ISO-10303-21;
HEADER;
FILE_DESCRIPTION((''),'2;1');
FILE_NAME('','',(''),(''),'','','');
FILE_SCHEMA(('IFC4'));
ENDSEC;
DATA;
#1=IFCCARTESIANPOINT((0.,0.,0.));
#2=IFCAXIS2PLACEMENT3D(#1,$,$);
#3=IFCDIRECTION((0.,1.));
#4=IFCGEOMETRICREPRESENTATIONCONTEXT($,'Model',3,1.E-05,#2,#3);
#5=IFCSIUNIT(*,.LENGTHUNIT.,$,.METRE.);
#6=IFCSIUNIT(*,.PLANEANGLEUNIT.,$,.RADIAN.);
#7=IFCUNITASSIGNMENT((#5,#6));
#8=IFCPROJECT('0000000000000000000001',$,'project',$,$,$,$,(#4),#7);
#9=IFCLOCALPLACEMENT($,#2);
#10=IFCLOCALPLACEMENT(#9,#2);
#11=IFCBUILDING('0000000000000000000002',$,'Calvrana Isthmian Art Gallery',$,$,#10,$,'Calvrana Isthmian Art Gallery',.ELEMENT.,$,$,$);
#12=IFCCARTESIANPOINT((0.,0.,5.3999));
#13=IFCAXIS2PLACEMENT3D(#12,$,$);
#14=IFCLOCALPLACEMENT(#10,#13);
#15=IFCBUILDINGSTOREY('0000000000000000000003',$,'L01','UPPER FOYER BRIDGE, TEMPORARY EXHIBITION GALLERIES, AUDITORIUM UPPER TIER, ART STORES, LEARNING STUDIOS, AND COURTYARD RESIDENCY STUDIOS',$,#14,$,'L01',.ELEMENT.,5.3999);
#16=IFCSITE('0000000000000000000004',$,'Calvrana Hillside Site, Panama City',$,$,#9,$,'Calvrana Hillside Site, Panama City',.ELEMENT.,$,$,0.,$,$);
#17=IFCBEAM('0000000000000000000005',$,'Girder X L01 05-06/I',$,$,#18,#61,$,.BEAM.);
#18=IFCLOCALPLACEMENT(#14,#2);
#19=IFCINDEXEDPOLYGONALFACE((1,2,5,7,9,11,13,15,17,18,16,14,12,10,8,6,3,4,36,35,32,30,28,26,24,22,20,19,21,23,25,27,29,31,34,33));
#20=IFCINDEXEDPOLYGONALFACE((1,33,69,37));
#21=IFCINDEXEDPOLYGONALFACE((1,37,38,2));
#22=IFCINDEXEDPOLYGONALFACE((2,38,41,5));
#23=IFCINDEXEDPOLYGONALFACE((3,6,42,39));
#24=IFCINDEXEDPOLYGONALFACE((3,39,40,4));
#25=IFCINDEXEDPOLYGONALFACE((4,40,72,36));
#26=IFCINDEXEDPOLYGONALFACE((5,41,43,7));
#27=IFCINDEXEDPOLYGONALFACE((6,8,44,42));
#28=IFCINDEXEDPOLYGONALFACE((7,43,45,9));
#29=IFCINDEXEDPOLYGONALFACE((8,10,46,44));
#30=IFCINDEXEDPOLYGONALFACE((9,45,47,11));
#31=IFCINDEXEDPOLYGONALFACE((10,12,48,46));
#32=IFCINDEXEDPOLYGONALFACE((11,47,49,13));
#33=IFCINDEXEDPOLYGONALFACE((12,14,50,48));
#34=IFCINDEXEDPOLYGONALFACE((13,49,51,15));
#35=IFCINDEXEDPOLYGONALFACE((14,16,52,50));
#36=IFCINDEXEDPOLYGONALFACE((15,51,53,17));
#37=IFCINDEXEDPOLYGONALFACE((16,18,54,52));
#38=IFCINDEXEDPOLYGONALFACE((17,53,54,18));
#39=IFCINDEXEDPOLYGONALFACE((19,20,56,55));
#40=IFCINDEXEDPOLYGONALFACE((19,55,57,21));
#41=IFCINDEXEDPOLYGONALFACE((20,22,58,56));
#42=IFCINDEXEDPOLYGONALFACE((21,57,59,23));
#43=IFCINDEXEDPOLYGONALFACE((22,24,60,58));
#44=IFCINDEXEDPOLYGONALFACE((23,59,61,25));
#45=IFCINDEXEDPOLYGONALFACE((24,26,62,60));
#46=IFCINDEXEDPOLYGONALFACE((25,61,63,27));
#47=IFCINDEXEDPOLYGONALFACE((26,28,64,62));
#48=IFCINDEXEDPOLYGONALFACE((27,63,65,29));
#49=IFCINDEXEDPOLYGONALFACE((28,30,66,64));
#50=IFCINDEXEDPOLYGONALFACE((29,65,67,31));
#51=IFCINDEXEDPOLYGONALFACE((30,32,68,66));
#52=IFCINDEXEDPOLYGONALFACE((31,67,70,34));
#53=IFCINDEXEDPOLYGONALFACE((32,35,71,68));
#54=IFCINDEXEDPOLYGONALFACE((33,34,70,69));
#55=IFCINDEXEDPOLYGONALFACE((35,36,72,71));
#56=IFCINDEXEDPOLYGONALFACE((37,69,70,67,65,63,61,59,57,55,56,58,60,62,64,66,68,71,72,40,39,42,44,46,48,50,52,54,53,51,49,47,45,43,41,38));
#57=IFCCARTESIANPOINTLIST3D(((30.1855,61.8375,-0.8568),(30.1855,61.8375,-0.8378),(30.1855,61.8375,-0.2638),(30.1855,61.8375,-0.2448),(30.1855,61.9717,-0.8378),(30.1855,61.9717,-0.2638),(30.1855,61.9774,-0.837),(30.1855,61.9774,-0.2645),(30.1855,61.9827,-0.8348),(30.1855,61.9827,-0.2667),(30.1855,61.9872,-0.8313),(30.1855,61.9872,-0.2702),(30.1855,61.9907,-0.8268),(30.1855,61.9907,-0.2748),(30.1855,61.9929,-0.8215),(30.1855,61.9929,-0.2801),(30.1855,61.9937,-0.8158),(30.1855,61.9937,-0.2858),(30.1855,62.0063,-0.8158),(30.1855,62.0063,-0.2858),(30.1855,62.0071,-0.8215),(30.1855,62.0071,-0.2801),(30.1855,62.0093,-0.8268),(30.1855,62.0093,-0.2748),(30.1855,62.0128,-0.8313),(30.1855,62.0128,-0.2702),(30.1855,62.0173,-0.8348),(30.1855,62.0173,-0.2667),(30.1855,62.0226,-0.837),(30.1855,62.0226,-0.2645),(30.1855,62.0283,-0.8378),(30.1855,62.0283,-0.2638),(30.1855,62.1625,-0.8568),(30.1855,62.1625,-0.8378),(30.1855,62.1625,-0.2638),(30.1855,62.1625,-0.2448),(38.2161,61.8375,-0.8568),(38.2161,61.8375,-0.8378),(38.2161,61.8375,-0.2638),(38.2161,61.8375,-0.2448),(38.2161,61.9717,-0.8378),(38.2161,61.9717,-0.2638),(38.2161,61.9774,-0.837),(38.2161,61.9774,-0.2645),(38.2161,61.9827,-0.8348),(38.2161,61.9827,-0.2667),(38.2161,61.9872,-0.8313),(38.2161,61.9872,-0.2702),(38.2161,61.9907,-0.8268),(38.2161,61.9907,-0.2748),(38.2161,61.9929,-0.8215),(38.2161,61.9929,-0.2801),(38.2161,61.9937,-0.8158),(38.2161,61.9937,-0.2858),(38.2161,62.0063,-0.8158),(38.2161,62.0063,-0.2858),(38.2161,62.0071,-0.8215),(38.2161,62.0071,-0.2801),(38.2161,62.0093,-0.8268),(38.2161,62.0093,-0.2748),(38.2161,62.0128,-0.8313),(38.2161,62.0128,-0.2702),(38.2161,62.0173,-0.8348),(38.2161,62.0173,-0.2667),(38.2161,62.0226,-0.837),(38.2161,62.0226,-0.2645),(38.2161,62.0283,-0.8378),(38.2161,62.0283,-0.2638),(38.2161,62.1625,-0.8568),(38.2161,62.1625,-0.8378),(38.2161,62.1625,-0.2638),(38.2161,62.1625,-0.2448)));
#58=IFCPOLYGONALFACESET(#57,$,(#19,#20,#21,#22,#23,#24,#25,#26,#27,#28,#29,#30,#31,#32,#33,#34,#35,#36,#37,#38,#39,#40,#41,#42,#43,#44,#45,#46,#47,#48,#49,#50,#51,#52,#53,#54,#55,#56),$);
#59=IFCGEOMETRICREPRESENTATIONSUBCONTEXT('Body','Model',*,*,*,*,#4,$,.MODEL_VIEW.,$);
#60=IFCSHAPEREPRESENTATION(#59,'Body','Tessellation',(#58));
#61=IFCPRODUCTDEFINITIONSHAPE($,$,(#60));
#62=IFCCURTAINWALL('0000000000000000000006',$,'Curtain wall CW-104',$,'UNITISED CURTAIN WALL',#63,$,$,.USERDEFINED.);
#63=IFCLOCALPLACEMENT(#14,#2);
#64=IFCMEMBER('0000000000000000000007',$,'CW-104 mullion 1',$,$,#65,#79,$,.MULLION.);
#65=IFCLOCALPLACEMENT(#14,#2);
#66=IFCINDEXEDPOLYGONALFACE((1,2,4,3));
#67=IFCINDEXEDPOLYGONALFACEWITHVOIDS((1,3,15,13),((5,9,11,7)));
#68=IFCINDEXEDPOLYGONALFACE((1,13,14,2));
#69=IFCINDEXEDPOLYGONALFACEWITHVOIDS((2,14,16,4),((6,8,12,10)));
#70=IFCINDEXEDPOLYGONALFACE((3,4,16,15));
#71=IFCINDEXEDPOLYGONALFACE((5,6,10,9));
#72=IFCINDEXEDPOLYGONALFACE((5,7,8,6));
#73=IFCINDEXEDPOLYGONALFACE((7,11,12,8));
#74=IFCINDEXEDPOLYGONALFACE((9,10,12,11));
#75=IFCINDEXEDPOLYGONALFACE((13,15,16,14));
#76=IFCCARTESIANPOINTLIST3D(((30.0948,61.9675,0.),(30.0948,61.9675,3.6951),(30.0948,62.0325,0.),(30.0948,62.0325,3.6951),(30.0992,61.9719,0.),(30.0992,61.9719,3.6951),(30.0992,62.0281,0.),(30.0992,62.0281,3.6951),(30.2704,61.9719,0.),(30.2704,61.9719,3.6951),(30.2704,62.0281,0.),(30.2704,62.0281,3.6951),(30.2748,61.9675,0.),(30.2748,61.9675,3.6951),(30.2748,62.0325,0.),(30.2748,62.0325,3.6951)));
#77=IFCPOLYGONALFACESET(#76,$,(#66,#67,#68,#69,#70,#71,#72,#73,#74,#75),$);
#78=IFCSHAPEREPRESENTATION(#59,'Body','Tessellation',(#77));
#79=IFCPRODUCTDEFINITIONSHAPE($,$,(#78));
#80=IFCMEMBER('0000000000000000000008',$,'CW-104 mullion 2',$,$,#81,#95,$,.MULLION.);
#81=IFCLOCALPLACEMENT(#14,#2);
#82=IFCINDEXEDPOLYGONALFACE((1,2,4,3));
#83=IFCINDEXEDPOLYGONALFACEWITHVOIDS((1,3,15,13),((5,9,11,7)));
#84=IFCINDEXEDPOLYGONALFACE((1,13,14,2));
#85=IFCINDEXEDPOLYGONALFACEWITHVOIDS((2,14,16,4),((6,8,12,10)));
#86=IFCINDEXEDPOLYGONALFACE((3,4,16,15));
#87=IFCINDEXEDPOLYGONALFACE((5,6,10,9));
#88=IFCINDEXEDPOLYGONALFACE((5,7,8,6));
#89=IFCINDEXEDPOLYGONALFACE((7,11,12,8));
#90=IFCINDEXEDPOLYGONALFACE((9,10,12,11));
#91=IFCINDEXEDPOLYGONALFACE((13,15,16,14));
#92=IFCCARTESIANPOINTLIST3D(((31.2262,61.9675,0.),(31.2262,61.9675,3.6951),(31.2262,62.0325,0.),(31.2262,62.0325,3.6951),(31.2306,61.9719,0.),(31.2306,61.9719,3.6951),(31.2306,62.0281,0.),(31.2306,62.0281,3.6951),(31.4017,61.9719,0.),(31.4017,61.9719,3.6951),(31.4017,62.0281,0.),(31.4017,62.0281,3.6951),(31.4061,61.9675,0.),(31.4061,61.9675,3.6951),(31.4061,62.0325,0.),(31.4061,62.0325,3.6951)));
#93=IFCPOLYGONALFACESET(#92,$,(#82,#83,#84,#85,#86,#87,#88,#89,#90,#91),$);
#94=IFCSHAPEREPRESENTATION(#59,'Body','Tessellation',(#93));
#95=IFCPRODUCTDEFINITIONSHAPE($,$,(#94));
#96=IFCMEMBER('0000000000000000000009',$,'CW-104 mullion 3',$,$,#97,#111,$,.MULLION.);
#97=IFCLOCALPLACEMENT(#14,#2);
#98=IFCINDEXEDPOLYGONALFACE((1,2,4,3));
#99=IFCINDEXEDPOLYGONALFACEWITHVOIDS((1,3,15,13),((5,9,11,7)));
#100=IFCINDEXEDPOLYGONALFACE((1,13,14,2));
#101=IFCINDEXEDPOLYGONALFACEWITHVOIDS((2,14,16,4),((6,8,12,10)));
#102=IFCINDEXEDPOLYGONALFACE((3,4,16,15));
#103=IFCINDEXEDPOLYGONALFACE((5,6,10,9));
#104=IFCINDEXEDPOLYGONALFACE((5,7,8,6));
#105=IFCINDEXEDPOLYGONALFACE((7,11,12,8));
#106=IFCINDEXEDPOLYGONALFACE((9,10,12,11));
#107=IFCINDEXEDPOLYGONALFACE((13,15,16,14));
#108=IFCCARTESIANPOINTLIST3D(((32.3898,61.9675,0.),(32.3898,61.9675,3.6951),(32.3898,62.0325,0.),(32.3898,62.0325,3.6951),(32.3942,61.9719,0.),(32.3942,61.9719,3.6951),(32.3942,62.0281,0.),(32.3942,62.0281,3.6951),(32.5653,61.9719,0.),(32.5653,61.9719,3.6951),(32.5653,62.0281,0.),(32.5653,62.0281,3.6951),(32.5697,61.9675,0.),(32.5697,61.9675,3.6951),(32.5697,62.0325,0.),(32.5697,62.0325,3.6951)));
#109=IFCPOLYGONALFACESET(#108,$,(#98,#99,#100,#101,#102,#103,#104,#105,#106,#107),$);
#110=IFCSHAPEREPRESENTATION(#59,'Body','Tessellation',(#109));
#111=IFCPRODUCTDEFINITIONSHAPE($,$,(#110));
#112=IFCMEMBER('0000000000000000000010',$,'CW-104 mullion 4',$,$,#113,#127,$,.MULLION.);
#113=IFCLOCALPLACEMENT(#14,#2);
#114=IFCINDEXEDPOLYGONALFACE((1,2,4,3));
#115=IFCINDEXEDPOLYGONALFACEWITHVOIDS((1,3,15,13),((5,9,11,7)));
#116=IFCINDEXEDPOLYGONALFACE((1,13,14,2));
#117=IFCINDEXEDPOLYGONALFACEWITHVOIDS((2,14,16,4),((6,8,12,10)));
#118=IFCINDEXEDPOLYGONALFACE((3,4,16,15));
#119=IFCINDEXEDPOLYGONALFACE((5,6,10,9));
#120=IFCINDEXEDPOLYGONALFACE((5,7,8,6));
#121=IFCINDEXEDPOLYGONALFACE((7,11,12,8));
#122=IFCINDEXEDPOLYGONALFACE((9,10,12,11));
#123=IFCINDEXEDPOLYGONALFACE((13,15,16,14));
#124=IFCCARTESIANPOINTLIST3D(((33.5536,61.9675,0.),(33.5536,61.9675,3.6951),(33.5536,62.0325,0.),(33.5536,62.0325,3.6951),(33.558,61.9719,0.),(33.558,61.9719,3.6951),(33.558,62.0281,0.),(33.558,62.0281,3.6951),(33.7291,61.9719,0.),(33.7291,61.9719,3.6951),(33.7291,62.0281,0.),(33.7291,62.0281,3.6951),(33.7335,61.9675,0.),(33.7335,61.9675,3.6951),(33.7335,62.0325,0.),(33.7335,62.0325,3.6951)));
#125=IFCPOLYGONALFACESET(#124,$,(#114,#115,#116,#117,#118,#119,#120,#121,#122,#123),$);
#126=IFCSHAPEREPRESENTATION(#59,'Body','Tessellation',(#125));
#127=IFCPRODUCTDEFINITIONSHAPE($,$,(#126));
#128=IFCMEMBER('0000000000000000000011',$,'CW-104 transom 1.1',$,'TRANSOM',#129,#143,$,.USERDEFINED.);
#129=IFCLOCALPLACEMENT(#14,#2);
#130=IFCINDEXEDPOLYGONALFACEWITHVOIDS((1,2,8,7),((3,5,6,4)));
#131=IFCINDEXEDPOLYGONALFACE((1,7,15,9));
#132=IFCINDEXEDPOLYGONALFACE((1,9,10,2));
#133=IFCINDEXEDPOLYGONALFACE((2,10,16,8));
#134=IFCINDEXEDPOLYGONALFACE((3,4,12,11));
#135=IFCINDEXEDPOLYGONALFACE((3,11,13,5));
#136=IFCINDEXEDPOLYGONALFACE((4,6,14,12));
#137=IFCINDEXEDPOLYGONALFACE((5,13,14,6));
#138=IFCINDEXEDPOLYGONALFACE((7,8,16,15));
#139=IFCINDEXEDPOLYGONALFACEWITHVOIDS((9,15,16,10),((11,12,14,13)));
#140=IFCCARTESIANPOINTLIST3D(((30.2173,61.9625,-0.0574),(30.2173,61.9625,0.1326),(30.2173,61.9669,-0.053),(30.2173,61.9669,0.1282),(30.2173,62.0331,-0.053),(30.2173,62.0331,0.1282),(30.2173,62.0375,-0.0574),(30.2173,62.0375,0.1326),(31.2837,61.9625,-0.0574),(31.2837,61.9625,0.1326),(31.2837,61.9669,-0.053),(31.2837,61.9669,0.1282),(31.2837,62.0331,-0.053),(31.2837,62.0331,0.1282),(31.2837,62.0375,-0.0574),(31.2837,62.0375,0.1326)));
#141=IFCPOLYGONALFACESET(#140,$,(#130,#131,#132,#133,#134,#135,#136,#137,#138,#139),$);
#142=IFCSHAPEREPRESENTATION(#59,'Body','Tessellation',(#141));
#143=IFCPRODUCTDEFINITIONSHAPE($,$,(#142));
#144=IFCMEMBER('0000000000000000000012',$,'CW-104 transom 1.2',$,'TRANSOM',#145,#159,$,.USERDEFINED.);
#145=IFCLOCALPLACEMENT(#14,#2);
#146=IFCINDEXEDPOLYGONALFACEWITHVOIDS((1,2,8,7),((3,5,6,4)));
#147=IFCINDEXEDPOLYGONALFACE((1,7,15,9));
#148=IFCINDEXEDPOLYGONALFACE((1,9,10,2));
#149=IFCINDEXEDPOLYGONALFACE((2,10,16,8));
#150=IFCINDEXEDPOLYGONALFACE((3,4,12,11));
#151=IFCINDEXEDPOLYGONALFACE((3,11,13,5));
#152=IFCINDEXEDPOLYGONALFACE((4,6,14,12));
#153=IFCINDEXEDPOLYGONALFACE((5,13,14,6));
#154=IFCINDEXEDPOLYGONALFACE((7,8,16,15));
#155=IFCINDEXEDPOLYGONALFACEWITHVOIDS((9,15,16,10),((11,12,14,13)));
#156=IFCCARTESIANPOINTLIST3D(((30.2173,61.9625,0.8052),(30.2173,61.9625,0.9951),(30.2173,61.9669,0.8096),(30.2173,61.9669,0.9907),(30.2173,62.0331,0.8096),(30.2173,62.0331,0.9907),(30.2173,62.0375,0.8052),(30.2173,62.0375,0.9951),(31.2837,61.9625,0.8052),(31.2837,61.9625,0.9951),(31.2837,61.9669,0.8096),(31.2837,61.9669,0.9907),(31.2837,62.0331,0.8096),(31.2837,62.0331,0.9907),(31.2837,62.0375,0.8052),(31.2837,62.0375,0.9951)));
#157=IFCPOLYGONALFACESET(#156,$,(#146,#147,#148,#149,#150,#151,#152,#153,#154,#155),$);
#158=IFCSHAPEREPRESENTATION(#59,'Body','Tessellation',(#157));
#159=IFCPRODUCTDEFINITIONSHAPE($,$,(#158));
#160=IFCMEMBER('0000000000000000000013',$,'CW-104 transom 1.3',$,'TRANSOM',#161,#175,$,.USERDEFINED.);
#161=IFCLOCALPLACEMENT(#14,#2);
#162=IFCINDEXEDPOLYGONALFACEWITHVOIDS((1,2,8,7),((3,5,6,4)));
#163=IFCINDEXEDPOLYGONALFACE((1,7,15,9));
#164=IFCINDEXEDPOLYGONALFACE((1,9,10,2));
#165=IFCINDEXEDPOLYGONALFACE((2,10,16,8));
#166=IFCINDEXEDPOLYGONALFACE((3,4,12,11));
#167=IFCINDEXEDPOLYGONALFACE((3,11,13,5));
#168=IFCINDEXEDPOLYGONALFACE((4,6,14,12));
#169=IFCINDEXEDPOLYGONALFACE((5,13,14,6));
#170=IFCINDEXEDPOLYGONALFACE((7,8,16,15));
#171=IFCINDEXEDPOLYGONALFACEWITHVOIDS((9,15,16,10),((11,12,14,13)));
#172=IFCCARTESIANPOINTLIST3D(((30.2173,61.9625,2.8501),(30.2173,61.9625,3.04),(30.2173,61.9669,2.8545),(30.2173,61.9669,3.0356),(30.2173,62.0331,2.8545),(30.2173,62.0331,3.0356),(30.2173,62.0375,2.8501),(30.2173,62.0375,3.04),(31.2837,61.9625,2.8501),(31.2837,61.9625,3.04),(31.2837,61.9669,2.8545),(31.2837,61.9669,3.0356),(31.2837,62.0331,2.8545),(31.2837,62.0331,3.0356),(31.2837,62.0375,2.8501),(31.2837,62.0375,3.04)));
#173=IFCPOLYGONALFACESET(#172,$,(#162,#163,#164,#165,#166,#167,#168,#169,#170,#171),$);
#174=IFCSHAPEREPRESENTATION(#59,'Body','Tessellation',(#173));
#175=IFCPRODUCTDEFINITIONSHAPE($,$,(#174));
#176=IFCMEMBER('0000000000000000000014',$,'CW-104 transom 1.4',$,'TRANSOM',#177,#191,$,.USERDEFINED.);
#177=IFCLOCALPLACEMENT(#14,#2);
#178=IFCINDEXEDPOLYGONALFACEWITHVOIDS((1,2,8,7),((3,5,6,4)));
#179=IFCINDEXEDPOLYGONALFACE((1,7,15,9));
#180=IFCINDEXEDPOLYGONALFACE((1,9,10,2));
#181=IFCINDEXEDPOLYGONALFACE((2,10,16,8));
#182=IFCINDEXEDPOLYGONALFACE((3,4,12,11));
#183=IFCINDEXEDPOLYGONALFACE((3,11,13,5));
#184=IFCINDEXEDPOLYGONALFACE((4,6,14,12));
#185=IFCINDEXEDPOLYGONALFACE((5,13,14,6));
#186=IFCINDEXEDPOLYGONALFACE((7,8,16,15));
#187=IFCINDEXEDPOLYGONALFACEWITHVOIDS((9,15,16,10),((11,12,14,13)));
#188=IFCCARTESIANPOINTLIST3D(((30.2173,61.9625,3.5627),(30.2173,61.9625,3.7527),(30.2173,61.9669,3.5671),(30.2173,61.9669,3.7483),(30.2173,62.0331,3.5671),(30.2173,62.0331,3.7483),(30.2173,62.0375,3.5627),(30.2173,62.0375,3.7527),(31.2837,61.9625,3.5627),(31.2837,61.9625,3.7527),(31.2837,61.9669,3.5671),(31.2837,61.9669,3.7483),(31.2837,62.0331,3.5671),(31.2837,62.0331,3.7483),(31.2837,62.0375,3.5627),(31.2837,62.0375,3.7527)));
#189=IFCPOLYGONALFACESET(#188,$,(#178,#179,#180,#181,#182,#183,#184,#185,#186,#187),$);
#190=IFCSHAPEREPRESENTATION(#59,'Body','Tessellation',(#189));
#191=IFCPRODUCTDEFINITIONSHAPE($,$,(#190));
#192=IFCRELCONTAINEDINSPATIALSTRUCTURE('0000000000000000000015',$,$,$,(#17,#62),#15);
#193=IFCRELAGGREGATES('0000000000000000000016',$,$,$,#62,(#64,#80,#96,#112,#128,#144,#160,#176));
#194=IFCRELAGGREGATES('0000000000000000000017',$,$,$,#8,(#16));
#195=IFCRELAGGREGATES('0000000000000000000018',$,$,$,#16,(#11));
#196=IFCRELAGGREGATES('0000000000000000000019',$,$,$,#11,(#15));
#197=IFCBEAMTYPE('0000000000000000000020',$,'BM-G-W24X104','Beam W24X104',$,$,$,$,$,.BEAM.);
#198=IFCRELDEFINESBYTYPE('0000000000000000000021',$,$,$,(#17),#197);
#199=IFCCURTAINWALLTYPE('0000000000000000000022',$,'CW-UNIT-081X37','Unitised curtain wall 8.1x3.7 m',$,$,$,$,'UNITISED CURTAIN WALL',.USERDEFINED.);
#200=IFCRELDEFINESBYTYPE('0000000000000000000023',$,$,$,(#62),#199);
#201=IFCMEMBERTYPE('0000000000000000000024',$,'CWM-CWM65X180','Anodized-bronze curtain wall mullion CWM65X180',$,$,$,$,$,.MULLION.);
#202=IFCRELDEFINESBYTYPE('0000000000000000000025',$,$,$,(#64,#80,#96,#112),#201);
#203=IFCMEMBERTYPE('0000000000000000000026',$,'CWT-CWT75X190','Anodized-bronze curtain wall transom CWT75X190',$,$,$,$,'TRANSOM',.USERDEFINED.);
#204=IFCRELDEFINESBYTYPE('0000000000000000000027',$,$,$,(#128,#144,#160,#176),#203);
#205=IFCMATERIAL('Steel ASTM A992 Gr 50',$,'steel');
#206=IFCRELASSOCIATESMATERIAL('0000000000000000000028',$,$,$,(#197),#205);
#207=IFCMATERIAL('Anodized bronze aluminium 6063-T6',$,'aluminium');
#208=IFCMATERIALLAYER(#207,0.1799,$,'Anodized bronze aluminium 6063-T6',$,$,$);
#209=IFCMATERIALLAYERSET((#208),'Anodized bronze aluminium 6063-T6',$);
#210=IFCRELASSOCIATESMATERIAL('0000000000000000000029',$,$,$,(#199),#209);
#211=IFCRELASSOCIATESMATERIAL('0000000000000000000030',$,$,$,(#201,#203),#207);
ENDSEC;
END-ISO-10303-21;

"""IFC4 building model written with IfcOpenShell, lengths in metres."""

from ifc_helpers import new_model, si_unit, direction, frame, origin, origin_2d, place, context, subcontext, project, spatial, hollow_rectangle, i_section, extrude, material, layer, layer_set, material_profile, profile_set, type_object, element, aggregate, save


model = new_model("IFC4")

# Units and contexts
model_context = context("Model", 3, precision=1e-05, world=origin(), true_north=direction((0.0, 1.0)))
body_context = subcontext(model_context, "Body", "Model", "MODEL_VIEW")
ifc_project = project(units=[si_unit("LENGTHUNIT", "METRE"), si_unit("PLANEANGLEUNIT", "RADIAN")], contexts=[model_context])

# Site, building, storey
site_placement = place(None, origin())
site = spatial("IfcSite", under=ifc_project, at=site_placement, Name="Calvrana Hillside Site, Panama City", LongName="Calvrana Hillside Site, Panama City", CompositionType="ELEMENT", RefElevation=0.0)
building_placement = place(site_placement, origin())
building = spatial("IfcBuilding", under=site, at=building_placement, Name="Calvrana Isthmian Art Gallery", LongName="Calvrana Isthmian Art Gallery", CompositionType="ELEMENT")
storey_placement = place(building_placement, frame((0.0, 0.0, 5.3999)))
storey = spatial("IfcBuildingStorey", under=building, at=storey_placement, Name="L01", Description="UPPER FOYER BRIDGE, TEMPORARY EXHIBITION GALLERIES, AUDITORIUM UPPER TIER, ART STORES, LEARNING STUDIOS, AND COURTYARD RESIDENCY STUDIOS", LongName="L01", CompositionType="ELEMENT", Elevation=5.3999)

# Beam
ifc_material_1 = material(Name="Steel ASTM A992 Gr 50", Category="steel")
ifc_material_profile_1 = material_profile(ifc_material_1, i_section(OverallWidth=0.325, OverallDepth=0.6121, WebThickness=0.0127, FlangeThickness=0.019, FilletRadius=0.022, at=origin_2d()), Name="W24X104")
ifc_profile_set_1 = profile_set([ifc_material_profile_1], Name="Steel ASTM A992 Gr 50")
beam_type = type_object("IfcBeamType", Name="BM-G-W24X104", Description="Beam W24X104", PredefinedType="BEAM", material=ifc_profile_set_1)
beam_placement = place(storey_placement, frame((30.1855, 62.0, -0.5508), z_axis=(1.0, 0.0, 0.0), x_axis=(0.0, 1.0, 0.0)))
element("IfcBeam", 1, at=beam_placement, inside=storey, type_object=beam_type, Name="Girder X L01 05-06/I", PredefinedType="BEAM", context=body_context, shape_type="SweptSolid", body=[
    extrude(i_section(OverallWidth=0.325, OverallDepth=0.6121, WebThickness=0.0127, FlangeThickness=0.019, FilletRadius=0.022, at=origin_2d()), origin(), (0.0, 0.0, 1.0), 8.0305),
])

# Curtain wall, members
ifc_material_2 = material(Name="Anodized bronze aluminium 6063-T6", Category="aluminium")
ifc_layer_1 = layer(ifc_material_2, 0.1799, Name="Anodized bronze aluminium 6063-T6")
ifc_layer_set_1 = layer_set([ifc_layer_1], Name="Anodized bronze aluminium 6063-T6")
curtain_wall_type = type_object("IfcCurtainWallType", Name="CW-UNIT-081X37", Description="Unitised curtain wall 8.1x3.7 m", ElementType="UNITISED CURTAIN WALL", PredefinedType="USERDEFINED", material=ifc_layer_set_1)
curtain_wall_placement = place(storey_placement, origin())
curtain_wall = element("IfcCurtainWall", 2, at=curtain_wall_placement, inside=storey, type_object=curtain_wall_type, Name="Curtain wall CW-104", ObjectType="UNITISED CURTAIN WALL", PredefinedType="USERDEFINED")
ifc_material_profile_2 = material_profile(ifc_material_2, hollow_rectangle(XDim=0.0649, YDim=0.1799, WallThickness=0.0044, at=origin_2d()), Name="CWM65X180")
ifc_profile_set_2 = profile_set([ifc_material_profile_2], Name="Anodized bronze aluminium 6063-T6")
member_type_1 = type_object("IfcMemberType", Name="CWM-CWM65X180", Description="Anodized-bronze curtain wall mullion CWM65X180", PredefinedType="MULLION", material=ifc_profile_set_2)
member_1_placement = place(storey_placement, frame((30.1848, 62.0, 0.0), z_axis=(0.0, 0.0, 1.0), x_axis=(0.0, 1.0, 0.0)))
member_1 = element("IfcMember", 3, at=member_1_placement, type_object=member_type_1, Name="CW-104 mullion 1", PredefinedType="MULLION", context=body_context, shape_type="SweptSolid", body=[
    extrude(hollow_rectangle(XDim=0.0649, YDim=0.1799, WallThickness=0.0044, at=origin_2d()), origin(), (0.0, 0.0, 1.0), 3.6951),
])
member_2_placement = place(storey_placement, frame((31.3162, 62.0, 0.0), z_axis=(0.0, 0.0, 1.0), x_axis=(0.0, 1.0, 0.0)))
member_2 = element("IfcMember", 4, at=member_2_placement, type_object=member_type_1, Name="CW-104 mullion 2", PredefinedType="MULLION", context=body_context, shape_type="SweptSolid", body=[
    extrude(hollow_rectangle(XDim=0.0649, YDim=0.1799, WallThickness=0.0044, at=origin_2d()), origin(), (0.0, 0.0, 1.0), 3.6951),
])
member_3_placement = place(storey_placement, frame((32.4797, 62.0, 0.0), z_axis=(0.0, 0.0, 1.0), x_axis=(0.0, 1.0, 0.0)))
member_3 = element("IfcMember", 5, at=member_3_placement, type_object=member_type_1, Name="CW-104 mullion 3", PredefinedType="MULLION", context=body_context, shape_type="SweptSolid", body=[
    extrude(hollow_rectangle(XDim=0.0649, YDim=0.1799, WallThickness=0.0044, at=origin_2d()), origin(), (0.0, 0.0, 1.0), 3.6951),
])
member_4_placement = place(storey_placement, frame((33.6436, 62.0, 0.0), z_axis=(0.0, 0.0, 1.0), x_axis=(0.0, 1.0, 0.0)))
member_4 = element("IfcMember", 6, at=member_4_placement, type_object=member_type_1, Name="CW-104 mullion 4", PredefinedType="MULLION", context=body_context, shape_type="SweptSolid", body=[
    extrude(hollow_rectangle(XDim=0.0649, YDim=0.1799, WallThickness=0.0044, at=origin_2d()), origin(), (0.0, 0.0, 1.0), 3.6951),
])
ifc_material_profile_3 = material_profile(ifc_material_2, hollow_rectangle(XDim=0.075, YDim=0.1899, WallThickness=0.0044, at=origin_2d()), Name="CWT75X190")
ifc_profile_set_3 = profile_set([ifc_material_profile_3], Name="Anodized bronze aluminium 6063-T6")
member_type_2 = type_object("IfcMemberType", Name="CWT-CWT75X190", Description="Anodized-bronze curtain wall transom CWT75X190", ElementType="TRANSOM", PredefinedType="USERDEFINED", material=ifc_profile_set_3)
member_5_placement = place(storey_placement, frame((30.2173, 62.0, 0.0376), z_axis=(1.0, 0.0, 0.0), x_axis=(0.0, 1.0, 0.0)))
member_5 = element("IfcMember", 7, at=member_5_placement, type_object=member_type_2, Name="CW-104 transom 1.1", ObjectType="TRANSOM", PredefinedType="USERDEFINED", context=body_context, shape_type="SweptSolid", body=[
    extrude(hollow_rectangle(XDim=0.075, YDim=0.1899, WallThickness=0.0044, at=origin_2d()), origin(), (0.0, 0.0, 1.0), 1.0664),
])
member_6_placement = place(storey_placement, frame((30.2173, 62.0, 0.9001), z_axis=(1.0, 0.0, 0.0), x_axis=(0.0, 1.0, 0.0)))
member_6 = element("IfcMember", 8, at=member_6_placement, type_object=member_type_2, Name="CW-104 transom 1.2", ObjectType="TRANSOM", PredefinedType="USERDEFINED", context=body_context, shape_type="SweptSolid", body=[
    extrude(hollow_rectangle(XDim=0.075, YDim=0.1899, WallThickness=0.0044, at=origin_2d()), origin(), (0.0, 0.0, 1.0), 1.0664),
])
member_7_placement = place(storey_placement, frame((30.2173, 62.0, 2.9451), z_axis=(1.0, 0.0, 0.0), x_axis=(0.0, 1.0, 0.0)))
member_7 = element("IfcMember", 9, at=member_7_placement, type_object=member_type_2, Name="CW-104 transom 1.3", ObjectType="TRANSOM", PredefinedType="USERDEFINED", context=body_context, shape_type="SweptSolid", body=[
    extrude(hollow_rectangle(XDim=0.075, YDim=0.1899, WallThickness=0.0044, at=origin_2d()), origin(), (0.0, 0.0, 1.0), 1.0664),
])
member_8_placement = place(storey_placement, frame((30.2173, 62.0, 3.6577), z_axis=(1.0, 0.0, 0.0), x_axis=(0.0, 1.0, 0.0)))
member_8 = element("IfcMember", 10, at=member_8_placement, type_object=member_type_2, Name="CW-104 transom 1.4", ObjectType="TRANSOM", PredefinedType="USERDEFINED", context=body_context, shape_type="SweptSolid", body=[
    extrude(hollow_rectangle(XDim=0.075, YDim=0.1899, WallThickness=0.0044, at=origin_2d()), origin(), (0.0, 0.0, 1.0), 1.0664),
])
aggregate(curtain_wall, [member_1, member_2, member_3, member_4, member_5, member_6, member_7, member_8])

save(model, "model.ifc")
